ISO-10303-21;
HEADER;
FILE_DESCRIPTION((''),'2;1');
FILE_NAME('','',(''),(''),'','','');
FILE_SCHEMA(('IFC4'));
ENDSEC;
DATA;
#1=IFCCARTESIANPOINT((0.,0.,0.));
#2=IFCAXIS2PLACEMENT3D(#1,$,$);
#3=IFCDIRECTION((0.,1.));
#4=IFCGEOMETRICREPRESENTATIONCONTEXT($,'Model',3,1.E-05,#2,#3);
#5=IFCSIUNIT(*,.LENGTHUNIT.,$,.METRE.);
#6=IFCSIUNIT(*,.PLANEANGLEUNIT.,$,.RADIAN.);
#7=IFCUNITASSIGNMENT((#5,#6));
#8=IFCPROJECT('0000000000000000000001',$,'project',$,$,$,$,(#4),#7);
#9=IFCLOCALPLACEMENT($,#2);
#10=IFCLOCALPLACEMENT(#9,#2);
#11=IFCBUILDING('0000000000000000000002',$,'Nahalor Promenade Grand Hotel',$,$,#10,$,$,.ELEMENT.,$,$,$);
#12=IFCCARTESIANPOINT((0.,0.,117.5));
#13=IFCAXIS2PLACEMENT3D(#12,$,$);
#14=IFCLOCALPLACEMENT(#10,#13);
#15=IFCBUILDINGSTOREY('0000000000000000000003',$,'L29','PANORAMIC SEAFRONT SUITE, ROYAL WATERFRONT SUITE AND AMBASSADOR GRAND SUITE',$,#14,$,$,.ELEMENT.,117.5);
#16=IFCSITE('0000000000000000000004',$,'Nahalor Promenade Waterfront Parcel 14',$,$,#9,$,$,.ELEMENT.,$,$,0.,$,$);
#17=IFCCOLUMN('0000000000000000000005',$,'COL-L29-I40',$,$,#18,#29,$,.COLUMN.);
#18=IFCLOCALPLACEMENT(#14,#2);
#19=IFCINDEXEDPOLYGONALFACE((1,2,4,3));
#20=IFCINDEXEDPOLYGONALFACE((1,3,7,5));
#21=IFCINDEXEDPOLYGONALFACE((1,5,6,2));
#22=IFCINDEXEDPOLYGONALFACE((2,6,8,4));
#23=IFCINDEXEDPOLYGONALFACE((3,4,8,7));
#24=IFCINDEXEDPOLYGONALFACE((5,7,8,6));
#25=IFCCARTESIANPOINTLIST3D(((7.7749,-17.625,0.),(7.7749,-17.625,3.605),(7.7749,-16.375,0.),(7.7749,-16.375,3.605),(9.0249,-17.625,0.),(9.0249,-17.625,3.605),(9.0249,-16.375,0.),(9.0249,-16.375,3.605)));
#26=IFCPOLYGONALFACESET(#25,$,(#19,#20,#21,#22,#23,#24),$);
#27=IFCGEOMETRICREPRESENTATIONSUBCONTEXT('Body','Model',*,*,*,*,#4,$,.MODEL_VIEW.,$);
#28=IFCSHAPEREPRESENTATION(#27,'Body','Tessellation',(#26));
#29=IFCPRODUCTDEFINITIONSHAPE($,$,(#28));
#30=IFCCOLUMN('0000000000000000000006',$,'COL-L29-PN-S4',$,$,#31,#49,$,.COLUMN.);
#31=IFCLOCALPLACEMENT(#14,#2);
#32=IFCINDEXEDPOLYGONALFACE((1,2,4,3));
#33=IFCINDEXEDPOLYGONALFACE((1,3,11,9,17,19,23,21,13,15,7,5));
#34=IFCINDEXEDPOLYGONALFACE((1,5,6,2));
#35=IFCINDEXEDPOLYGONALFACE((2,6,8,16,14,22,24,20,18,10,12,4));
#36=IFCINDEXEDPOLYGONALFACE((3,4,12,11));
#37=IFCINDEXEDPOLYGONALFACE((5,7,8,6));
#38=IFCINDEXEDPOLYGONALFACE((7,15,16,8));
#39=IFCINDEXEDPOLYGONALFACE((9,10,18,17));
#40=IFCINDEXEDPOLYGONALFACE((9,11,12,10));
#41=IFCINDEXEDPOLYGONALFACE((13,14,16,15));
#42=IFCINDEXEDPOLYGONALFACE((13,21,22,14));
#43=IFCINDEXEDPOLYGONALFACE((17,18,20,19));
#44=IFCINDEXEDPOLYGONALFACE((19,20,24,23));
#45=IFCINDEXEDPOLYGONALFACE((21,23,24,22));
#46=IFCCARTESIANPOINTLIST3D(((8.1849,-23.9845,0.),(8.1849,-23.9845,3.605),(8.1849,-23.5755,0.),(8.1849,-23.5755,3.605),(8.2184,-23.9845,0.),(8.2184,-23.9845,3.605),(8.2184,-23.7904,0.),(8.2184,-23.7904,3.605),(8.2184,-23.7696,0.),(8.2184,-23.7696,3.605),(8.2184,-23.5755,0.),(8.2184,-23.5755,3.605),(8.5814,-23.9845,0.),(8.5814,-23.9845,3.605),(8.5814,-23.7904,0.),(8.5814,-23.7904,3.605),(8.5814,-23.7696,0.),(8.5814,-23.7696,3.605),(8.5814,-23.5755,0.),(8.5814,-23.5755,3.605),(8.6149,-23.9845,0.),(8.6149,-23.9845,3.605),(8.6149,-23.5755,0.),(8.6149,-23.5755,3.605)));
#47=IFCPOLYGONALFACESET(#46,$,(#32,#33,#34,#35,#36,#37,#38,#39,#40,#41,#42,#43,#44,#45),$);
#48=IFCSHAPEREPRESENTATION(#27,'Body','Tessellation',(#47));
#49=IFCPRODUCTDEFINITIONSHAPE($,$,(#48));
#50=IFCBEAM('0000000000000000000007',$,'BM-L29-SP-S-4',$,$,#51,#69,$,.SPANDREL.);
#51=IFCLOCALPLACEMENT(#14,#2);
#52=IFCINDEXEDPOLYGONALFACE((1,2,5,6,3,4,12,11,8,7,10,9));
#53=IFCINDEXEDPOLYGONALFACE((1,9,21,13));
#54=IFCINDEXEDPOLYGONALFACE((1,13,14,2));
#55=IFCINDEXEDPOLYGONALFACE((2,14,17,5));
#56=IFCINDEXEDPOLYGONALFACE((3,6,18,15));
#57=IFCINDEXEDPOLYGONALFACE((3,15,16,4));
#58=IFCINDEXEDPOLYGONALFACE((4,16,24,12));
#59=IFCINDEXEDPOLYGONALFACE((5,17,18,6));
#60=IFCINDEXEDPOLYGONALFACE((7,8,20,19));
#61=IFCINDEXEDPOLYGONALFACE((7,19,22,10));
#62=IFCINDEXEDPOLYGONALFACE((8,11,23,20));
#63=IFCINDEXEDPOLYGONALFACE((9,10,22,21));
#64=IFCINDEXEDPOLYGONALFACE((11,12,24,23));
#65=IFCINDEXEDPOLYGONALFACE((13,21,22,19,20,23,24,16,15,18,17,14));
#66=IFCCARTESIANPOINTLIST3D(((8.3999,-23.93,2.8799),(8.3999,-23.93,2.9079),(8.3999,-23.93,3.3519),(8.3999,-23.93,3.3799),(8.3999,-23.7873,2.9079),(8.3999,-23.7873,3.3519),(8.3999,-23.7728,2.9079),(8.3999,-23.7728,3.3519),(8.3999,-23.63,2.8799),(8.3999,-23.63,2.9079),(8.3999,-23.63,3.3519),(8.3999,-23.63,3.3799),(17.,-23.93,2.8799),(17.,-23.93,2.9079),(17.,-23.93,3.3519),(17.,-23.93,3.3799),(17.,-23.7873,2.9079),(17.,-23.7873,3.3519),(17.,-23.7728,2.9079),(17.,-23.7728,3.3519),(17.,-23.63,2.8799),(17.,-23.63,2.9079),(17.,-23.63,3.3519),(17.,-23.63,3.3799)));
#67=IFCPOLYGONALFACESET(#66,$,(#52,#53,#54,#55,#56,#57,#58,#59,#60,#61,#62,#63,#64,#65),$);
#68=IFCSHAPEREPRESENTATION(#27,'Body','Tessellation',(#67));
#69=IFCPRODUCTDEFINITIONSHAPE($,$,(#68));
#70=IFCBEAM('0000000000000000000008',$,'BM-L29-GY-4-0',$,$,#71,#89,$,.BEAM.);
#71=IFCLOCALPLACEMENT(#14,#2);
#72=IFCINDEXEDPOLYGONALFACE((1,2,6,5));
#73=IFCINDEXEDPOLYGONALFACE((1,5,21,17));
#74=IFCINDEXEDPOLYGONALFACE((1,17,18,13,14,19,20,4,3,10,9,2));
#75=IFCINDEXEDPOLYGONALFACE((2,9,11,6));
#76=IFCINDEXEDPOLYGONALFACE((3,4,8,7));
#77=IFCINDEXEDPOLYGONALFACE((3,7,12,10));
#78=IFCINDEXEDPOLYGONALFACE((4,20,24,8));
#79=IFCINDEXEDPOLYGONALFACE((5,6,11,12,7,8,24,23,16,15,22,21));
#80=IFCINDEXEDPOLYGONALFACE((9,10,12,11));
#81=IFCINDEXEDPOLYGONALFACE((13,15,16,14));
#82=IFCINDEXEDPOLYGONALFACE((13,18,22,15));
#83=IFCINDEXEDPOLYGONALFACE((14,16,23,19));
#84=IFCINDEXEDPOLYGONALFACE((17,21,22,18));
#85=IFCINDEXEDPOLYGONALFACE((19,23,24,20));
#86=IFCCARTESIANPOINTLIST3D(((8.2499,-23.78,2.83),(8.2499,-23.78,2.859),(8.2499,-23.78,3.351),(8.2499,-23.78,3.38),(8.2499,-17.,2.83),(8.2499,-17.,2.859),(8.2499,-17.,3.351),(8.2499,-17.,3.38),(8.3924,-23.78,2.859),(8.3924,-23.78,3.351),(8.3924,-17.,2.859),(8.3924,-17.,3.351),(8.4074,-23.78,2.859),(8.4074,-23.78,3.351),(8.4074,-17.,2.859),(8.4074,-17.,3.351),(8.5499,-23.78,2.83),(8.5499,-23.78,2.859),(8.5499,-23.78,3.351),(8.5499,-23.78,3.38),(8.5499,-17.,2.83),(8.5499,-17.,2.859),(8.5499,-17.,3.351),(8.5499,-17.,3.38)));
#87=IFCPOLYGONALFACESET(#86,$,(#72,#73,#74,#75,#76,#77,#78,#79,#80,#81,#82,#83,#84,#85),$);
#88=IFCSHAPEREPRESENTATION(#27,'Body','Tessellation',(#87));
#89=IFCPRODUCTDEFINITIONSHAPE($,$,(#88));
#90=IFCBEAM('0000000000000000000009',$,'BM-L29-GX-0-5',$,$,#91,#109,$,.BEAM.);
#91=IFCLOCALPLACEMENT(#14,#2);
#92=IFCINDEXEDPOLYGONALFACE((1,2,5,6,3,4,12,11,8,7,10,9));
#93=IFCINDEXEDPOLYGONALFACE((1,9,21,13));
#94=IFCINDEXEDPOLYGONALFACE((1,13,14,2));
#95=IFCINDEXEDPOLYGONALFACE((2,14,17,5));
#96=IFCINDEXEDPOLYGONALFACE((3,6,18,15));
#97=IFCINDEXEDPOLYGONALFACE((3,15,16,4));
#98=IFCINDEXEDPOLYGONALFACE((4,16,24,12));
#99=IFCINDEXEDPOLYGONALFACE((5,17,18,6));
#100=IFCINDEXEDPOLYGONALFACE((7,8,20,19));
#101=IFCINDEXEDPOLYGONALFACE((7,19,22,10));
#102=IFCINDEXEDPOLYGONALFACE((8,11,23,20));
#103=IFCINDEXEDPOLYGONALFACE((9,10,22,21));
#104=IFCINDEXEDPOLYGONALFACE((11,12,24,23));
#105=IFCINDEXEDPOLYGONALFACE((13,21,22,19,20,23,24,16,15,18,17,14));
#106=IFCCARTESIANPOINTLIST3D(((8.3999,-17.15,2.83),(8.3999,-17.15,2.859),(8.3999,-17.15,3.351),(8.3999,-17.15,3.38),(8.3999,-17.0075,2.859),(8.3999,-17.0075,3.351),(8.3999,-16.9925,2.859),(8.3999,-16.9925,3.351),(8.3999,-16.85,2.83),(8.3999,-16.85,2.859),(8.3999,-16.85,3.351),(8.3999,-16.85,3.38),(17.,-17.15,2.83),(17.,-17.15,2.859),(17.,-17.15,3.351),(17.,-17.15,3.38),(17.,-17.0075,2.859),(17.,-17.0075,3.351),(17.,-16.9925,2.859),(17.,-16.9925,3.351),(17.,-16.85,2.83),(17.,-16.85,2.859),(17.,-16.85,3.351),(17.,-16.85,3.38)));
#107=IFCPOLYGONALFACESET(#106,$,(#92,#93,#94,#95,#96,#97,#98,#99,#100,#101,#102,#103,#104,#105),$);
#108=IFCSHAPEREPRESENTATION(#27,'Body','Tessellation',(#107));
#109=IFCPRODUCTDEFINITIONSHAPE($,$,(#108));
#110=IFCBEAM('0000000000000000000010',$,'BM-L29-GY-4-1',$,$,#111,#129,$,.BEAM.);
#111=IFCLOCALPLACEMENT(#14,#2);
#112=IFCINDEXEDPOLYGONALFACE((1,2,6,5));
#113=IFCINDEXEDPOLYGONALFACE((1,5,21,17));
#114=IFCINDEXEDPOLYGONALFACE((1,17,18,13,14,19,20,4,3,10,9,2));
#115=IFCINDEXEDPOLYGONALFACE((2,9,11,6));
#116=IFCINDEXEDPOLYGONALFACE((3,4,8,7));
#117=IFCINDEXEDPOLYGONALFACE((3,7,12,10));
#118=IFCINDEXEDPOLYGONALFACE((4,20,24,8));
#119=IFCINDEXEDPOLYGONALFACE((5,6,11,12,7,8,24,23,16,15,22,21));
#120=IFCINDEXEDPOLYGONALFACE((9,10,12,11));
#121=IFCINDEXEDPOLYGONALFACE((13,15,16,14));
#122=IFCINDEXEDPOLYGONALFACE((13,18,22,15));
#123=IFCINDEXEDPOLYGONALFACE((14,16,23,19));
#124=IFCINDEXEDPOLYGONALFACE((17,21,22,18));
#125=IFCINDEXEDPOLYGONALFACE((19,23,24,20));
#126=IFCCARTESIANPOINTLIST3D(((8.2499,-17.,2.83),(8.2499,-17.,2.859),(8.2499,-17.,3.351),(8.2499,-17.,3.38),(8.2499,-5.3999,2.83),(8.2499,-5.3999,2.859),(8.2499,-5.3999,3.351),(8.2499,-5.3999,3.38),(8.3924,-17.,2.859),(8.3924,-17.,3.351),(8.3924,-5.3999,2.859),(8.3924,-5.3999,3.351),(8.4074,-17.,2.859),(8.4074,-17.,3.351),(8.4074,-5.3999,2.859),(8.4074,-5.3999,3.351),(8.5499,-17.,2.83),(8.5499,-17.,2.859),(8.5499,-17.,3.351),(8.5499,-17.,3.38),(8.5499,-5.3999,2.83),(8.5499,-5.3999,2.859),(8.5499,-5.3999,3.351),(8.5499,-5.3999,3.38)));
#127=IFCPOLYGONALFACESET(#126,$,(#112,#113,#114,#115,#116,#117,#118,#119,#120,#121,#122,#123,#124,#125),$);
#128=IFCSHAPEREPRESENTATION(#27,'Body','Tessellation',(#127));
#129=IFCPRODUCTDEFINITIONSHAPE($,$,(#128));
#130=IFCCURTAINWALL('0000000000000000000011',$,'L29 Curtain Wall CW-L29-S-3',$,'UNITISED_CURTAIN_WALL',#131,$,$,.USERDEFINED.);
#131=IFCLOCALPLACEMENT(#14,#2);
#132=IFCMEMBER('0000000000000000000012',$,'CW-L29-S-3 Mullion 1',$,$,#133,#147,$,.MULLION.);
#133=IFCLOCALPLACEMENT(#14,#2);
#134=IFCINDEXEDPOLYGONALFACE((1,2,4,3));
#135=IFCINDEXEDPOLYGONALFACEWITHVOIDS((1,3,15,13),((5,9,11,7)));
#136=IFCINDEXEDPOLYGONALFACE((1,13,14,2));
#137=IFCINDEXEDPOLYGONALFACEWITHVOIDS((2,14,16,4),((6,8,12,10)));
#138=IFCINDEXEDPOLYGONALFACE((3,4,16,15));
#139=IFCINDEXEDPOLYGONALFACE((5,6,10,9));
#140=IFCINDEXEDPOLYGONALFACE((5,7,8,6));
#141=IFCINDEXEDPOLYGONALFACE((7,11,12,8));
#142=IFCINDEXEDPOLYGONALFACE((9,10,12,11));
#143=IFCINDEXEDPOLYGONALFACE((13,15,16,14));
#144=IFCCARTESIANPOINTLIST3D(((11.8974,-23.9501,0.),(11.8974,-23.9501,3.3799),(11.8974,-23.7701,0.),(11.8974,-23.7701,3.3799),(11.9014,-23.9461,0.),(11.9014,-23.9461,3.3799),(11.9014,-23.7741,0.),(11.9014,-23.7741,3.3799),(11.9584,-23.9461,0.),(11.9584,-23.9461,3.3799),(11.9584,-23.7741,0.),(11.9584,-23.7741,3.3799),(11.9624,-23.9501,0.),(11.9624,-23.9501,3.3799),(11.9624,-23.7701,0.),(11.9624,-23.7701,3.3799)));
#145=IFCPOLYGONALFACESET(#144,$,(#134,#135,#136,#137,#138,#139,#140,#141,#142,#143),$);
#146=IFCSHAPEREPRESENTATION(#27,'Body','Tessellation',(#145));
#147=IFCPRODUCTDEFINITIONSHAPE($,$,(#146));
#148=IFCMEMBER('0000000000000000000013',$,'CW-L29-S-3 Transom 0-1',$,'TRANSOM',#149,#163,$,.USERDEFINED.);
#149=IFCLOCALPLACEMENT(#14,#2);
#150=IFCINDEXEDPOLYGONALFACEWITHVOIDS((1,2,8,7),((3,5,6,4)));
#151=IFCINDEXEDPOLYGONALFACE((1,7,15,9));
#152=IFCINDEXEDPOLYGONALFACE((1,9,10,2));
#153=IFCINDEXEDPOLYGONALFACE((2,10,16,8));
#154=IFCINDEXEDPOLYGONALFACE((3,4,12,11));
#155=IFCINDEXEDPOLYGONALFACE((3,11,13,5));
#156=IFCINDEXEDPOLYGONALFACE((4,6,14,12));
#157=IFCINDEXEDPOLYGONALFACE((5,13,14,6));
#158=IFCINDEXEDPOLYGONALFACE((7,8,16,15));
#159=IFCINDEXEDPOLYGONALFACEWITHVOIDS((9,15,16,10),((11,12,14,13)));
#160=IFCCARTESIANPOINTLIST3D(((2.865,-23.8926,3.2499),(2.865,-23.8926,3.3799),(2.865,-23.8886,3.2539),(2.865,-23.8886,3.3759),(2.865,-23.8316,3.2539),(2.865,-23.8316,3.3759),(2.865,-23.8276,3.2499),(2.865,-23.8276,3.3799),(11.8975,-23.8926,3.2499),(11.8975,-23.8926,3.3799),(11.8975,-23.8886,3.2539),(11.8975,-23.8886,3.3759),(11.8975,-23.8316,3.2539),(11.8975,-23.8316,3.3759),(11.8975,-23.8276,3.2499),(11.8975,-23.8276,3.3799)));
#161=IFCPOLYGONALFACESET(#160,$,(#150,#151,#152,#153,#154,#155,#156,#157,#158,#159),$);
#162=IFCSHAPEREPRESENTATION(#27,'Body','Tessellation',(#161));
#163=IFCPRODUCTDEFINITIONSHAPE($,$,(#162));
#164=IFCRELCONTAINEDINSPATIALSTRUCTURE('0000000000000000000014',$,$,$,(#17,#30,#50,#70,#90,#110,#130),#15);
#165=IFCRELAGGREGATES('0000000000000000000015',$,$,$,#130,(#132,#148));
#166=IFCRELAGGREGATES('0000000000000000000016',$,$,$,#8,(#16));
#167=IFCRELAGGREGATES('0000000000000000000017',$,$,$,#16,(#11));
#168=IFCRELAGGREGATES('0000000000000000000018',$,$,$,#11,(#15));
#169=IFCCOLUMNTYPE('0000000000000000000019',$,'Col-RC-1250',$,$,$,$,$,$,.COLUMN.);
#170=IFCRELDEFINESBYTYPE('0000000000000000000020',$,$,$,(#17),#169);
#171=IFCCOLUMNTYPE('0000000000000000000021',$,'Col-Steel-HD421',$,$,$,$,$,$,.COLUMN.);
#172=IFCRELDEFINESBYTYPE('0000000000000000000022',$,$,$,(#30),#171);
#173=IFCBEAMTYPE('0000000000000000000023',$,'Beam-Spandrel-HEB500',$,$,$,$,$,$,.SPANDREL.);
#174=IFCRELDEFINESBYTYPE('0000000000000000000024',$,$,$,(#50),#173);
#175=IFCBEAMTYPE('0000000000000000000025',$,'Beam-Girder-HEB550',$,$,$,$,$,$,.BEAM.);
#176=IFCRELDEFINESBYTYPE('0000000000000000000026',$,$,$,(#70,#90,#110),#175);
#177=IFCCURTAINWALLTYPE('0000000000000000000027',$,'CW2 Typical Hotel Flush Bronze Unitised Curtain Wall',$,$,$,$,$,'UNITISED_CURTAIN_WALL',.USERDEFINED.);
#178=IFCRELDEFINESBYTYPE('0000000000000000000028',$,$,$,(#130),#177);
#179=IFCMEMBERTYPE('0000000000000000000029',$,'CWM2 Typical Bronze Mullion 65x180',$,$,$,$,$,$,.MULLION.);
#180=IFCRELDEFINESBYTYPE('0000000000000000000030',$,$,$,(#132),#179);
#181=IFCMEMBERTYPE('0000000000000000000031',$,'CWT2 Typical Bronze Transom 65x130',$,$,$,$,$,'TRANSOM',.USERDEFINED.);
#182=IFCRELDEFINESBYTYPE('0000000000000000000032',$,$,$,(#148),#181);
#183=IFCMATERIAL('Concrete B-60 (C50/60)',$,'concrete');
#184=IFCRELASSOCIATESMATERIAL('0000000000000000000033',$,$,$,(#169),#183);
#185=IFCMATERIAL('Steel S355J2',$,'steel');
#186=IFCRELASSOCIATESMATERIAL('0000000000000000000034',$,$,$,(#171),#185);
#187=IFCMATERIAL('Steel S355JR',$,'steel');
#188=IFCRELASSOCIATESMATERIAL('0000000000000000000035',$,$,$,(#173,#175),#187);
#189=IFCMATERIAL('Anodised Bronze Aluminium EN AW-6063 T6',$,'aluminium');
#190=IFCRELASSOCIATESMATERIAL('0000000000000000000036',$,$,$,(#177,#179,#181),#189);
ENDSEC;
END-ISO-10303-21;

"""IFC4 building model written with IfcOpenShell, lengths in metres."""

from ifc_helpers import new_model, si_unit, direction, frame, origin, origin_2d, place, context, subcontext, project, spatial, rectangle, hollow_rectangle, i_section, extrude, source, transform, mapped, material, material_profile, profile_set, type_object, element, aggregate, save


model = new_model("IFC4")

# Units and contexts
model_context = context("Model", 3, precision=1e-05, world=origin(), true_north=direction((0.0, 1.0)))
body_context = subcontext(model_context, "Body", "Model", "MODEL_VIEW")
ifc_project = project(units=[si_unit("LENGTHUNIT", "METRE"), si_unit("PLANEANGLEUNIT", "RADIAN")], contexts=[model_context])

# Site, building, storey
site_placement = place(None, origin())
site = spatial("IfcSite", under=ifc_project, at=site_placement, Name="Nahalor Promenade Waterfront Parcel 14", CompositionType="ELEMENT", RefElevation=0.0)
building_placement = place(site_placement, origin())
building = spatial("IfcBuilding", under=site, at=building_placement, Name="Nahalor Promenade Grand Hotel", CompositionType="ELEMENT")
storey_placement = place(building_placement, frame((0.0, 0.0, 117.5)))
storey = spatial("IfcBuildingStorey", under=building, at=storey_placement, Name="L29", Description="PANORAMIC SEAFRONT SUITE, ROYAL WATERFRONT SUITE AND AMBASSADOR GRAND SUITE", CompositionType="ELEMENT", Elevation=117.5)

# Columns
ifc_material_1 = material(Name="Concrete B-60 (C50/60)", Category="concrete")
ifc_material_profile_1 = material_profile(ifc_material_1, rectangle(XDim=1.25, YDim=1.25, at=origin_2d()), Name="RC 1250x1250")
ifc_profile_set_1 = profile_set([ifc_material_profile_1], Name="Concrete B-60 (C50/60)")
column_type_1 = type_object("IfcColumnType", Name="Col-RC-1250", PredefinedType="COLUMN", material=ifc_profile_set_1)
shared_shape_1 = source(origin(), body_context, "Body", "SweptSolid", [
    extrude(rectangle(XDim=1.25, YDim=1.25, at=origin_2d()), origin(), (0.0, 0.0, 1.0), 3.605),
])
column_1_placement = place(storey_placement, frame((8.3999, -17.0, 0.0), z_axis=(0.0, 0.0, 1.0), x_axis=(1.0, 0.0, 0.0)))
element("IfcColumn", 1, at=column_1_placement, inside=storey, type_object=column_type_1, Name="COL-L29-I40", PredefinedType="COLUMN", context=body_context, shape_type="MappedRepresentation", body=[
    mapped(shared_shape_1, transform((0.0, 0.0, 0.0), scale=1.0)),
])
ifc_material_2 = material(Name="Steel S355J2", Category="steel")
ifc_material_profile_2 = material_profile(ifc_material_2, i_section(OverallWidth=0.409, OverallDepth=0.43, WebThickness=0.0208, FlangeThickness=0.0335, at=origin_2d()), Name="HD 400x421")
ifc_profile_set_2 = profile_set([ifc_material_profile_2], Name="Steel S355J2")
column_type_2 = type_object("IfcColumnType", Name="Col-Steel-HD421", PredefinedType="COLUMN", material=ifc_profile_set_2)
shared_shape_2 = source(origin(), body_context, "Body", "SweptSolid", [
    extrude(i_section(OverallWidth=0.409, OverallDepth=0.43, WebThickness=0.0208, FlangeThickness=0.0335, at=origin_2d()), origin(), (0.0, 0.0, 1.0), 3.605),
])
column_2_placement = place(storey_placement, frame((8.3999, -23.78, 0.0), z_axis=(0.0, 0.0, 1.0), x_axis=(0.0, 1.0, 0.0)))
element("IfcColumn", 2, at=column_2_placement, inside=storey, type_object=column_type_2, Name="COL-L29-PN-S4", PredefinedType="COLUMN", context=body_context, shape_type="MappedRepresentation", body=[
    mapped(shared_shape_2, transform((0.0, 0.0, 0.0), scale=1.0)),
])

# Beams
ifc_material_3 = material(Name="Steel S355JR", Category="steel")
ifc_material_profile_3 = material_profile(ifc_material_3, i_section(OverallWidth=0.3, OverallDepth=0.5, WebThickness=0.0145, FlangeThickness=0.028, at=origin_2d()), Name="HEB 500")
ifc_profile_set_3 = profile_set([ifc_material_profile_3], Name="Steel S355JR")
beam_type_1 = type_object("IfcBeamType", Name="Beam-Spandrel-HEB500", PredefinedType="SPANDREL", material=ifc_profile_set_3)
shared_shape_3 = source(origin(), body_context, "Body", "SweptSolid", [
    extrude(i_section(OverallWidth=0.3, OverallDepth=0.5, WebThickness=0.0145, FlangeThickness=0.028, at=origin_2d()), origin(), (0.0, 0.0, 1.0), 8.6001),
])
beam_1_placement = place(storey_placement, frame((8.3999, -23.78, 3.1299), z_axis=(1.0, 0.0, 0.0), x_axis=(0.0, 1.0, 0.0)))
element("IfcBeam", 3, at=beam_1_placement, inside=storey, type_object=beam_type_1, Name="BM-L29-SP-S-4", PredefinedType="SPANDREL", context=body_context, shape_type="MappedRepresentation", body=[
    mapped(shared_shape_3, transform((0.0, 0.0, 0.0), scale=1.0)),
])
ifc_material_profile_4 = material_profile(ifc_material_3, i_section(OverallWidth=0.3, OverallDepth=0.55, WebThickness=0.015, FlangeThickness=0.029, at=origin_2d()), Name="HEB 550")
ifc_profile_set_4 = profile_set([ifc_material_profile_4], Name="Steel S355JR")
beam_type_2 = type_object("IfcBeamType", Name="Beam-Girder-HEB550", PredefinedType="BEAM", material=ifc_profile_set_4)
shared_shape_4 = source(origin(), body_context, "Body", "SweptSolid", [
    extrude(i_section(OverallWidth=0.3, OverallDepth=0.55, WebThickness=0.015, FlangeThickness=0.029, at=origin_2d()), origin(), (0.0, 0.0, 1.0), 6.78),
])
beam_2_placement = place(storey_placement, frame((8.3999, -23.78, 3.105), z_axis=(0.0, 1.0, 0.0), x_axis=(-1.0, 0.0, 0.0)))
element("IfcBeam", 4, at=beam_2_placement, inside=storey, type_object=beam_type_2, Name="BM-L29-GY-4-0", PredefinedType="BEAM", context=body_context, shape_type="MappedRepresentation", body=[
    mapped(shared_shape_4, transform((0.0, 0.0, 0.0), scale=1.0)),
])
shared_shape_5 = source(origin(), body_context, "Body", "SweptSolid", [
    extrude(i_section(OverallWidth=0.3, OverallDepth=0.55, WebThickness=0.015, FlangeThickness=0.029, at=origin_2d()), origin(), (0.0, 0.0, 1.0), 8.6001),
])
beam_3_placement = place(storey_placement, frame((8.3999, -17.0, 3.105), z_axis=(1.0, 0.0, 0.0), x_axis=(0.0, 1.0, 0.0)))
element("IfcBeam", 5, at=beam_3_placement, inside=storey, type_object=beam_type_2, Name="BM-L29-GX-0-5", PredefinedType="BEAM", context=body_context, shape_type="MappedRepresentation", body=[
    mapped(shared_shape_5, transform((0.0, 0.0, 0.0), scale=1.0)),
])
shared_shape_6 = source(origin(), body_context, "Body", "SweptSolid", [
    extrude(i_section(OverallWidth=0.3, OverallDepth=0.55, WebThickness=0.015, FlangeThickness=0.029, at=origin_2d()), origin(), (0.0, 0.0, 1.0), 11.6001),
])
beam_4_placement = place(storey_placement, frame((8.3999, -17.0, 3.105), z_axis=(0.0, 1.0, 0.0), x_axis=(-1.0, 0.0, 0.0)))
element("IfcBeam", 6, at=beam_4_placement, inside=storey, type_object=beam_type_2, Name="BM-L29-GY-4-1", PredefinedType="BEAM", context=body_context, shape_type="MappedRepresentation", body=[
    mapped(shared_shape_6, transform((0.0, 0.0, 0.0), scale=1.0)),
])

# Curtain wall, members
ifc_material_4 = material(Name="Anodised Bronze Aluminium EN AW-6063 T6", Category="aluminium")
curtain_wall_type = type_object("IfcCurtainWallType", Name="CW2 Typical Hotel Flush Bronze Unitised Curtain Wall", ElementType="UNITISED_CURTAIN_WALL", PredefinedType="USERDEFINED", material=ifc_material_4)
curtain_wall_placement = place(storey_placement, origin())
curtain_wall = element("IfcCurtainWall", 7, at=curtain_wall_placement, inside=storey, type_object=curtain_wall_type, Name="L29 Curtain Wall CW-L29-S-3", ObjectType="UNITISED_CURTAIN_WALL", PredefinedType="USERDEFINED")
ifc_material_profile_5 = material_profile(ifc_material_4, hollow_rectangle(XDim=0.065, YDim=0.18, WallThickness=0.004, at=origin_2d()), Name="CWM 65x180x4")
ifc_profile_set_5 = profile_set([ifc_material_profile_5], Name="Anodised Bronze Aluminium EN AW-6063 T6")
member_type_1 = type_object("IfcMemberType", Name="CWM2 Typical Bronze Mullion 65x180", PredefinedType="MULLION", material=ifc_profile_set_5)
shared_shape_7 = source(origin(), body_context, "Body", "SweptSolid", [
    extrude(hollow_rectangle(XDim=0.065, YDim=0.18, WallThickness=0.004, at=origin_2d()), origin(), (0.0, 0.0, 1.0), 3.3799),
])
member_1_placement = place(storey_placement, frame((11.9299, -23.8601, 0.0), z_axis=(0.0, 0.0, 1.0), x_axis=(1.0, 0.0, 0.0)))
member_1 = element("IfcMember", 8, at=member_1_placement, type_object=member_type_1, Name="CW-L29-S-3 Mullion 1", PredefinedType="MULLION", context=body_context, shape_type="MappedRepresentation", body=[
    mapped(shared_shape_7, transform((0.0, 0.0, 0.0), scale=1.0)),
])
ifc_material_profile_6 = material_profile(ifc_material_4, hollow_rectangle(XDim=0.065, YDim=0.13, WallThickness=0.004, at=origin_2d()), Name="CWT 65x130x4")
ifc_profile_set_6 = profile_set([ifc_material_profile_6], Name="Anodised Bronze Aluminium EN AW-6063 T6")
member_type_2 = type_object("IfcMemberType", Name="CWT2 Typical Bronze Transom 65x130", ElementType="TRANSOM", PredefinedType="USERDEFINED", material=ifc_profile_set_6)
shared_shape_8 = source(origin(), body_context, "Body", "SweptSolid", [
    extrude(hollow_rectangle(XDim=0.065, YDim=0.13, WallThickness=0.004, at=origin_2d()), origin(), (0.0, 0.0, 1.0), 9.0325),
])
member_2_placement = place(storey_placement, frame((2.865, -23.8601, 3.3149), z_axis=(1.0, 0.0, 0.0), x_axis=(0.0, 1.0, 0.0)))
member_2 = element("IfcMember", 9, at=member_2_placement, type_object=member_type_2, Name="CW-L29-S-3 Transom 0-1", ObjectType="TRANSOM", PredefinedType="USERDEFINED", context=body_context, shape_type="MappedRepresentation", body=[
    mapped(shared_shape_8, transform((0.0, 0.0, 0.0), scale=1.0)),
])
aggregate(curtain_wall, [member_1, member_2])

save(model, "model.ifc")
